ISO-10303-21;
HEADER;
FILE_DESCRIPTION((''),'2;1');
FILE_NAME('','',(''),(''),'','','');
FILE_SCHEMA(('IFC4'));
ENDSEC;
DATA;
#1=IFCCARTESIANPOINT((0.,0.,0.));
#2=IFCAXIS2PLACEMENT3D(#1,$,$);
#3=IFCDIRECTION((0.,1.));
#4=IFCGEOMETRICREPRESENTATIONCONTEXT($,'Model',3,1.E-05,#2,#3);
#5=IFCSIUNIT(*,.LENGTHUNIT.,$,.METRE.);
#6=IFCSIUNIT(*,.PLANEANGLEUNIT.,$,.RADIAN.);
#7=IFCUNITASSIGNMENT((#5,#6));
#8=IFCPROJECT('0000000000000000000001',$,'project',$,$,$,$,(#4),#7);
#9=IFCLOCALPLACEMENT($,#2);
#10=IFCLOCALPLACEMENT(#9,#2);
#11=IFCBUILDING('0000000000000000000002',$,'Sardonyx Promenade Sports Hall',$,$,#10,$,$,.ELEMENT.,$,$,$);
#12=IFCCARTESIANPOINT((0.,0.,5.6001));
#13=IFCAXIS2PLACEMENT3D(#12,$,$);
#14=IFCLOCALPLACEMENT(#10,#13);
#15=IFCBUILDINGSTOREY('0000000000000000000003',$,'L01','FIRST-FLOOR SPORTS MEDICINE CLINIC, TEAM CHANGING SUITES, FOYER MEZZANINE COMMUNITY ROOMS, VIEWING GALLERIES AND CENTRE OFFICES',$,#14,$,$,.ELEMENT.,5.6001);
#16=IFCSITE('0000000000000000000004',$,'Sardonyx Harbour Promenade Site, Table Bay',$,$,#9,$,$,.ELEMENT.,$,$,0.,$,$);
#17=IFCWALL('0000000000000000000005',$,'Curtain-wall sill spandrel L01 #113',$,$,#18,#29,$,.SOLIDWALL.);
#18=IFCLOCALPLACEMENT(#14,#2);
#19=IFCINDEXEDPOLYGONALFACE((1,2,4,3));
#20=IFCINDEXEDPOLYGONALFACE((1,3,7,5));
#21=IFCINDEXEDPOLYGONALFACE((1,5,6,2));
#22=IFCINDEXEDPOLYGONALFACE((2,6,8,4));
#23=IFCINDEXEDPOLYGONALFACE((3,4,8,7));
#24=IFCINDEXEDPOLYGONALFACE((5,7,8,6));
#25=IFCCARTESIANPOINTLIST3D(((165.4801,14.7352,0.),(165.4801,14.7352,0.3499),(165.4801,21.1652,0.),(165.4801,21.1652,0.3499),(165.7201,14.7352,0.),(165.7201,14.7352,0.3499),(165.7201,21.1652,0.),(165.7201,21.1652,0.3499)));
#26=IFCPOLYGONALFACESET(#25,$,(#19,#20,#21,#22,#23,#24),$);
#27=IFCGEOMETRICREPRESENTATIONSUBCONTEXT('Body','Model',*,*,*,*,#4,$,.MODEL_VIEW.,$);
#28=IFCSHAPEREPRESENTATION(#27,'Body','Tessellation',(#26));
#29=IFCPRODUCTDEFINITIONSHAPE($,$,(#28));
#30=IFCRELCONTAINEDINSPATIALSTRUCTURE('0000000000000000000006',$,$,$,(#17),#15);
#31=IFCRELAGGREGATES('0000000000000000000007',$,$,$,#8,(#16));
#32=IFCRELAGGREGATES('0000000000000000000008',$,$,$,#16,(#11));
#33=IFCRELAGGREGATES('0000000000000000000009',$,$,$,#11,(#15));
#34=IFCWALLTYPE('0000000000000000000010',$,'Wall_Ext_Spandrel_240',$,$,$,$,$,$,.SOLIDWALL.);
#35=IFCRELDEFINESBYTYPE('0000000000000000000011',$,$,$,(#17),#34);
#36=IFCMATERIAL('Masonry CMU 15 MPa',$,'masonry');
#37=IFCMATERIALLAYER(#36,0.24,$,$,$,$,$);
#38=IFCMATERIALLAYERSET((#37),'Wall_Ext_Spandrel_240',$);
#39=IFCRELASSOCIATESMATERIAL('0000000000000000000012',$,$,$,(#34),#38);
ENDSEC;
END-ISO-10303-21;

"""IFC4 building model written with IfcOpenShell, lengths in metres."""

from ifc_helpers import new_model, si_unit, direction, frame, frame_2d, origin, place, context, subcontext, project, spatial, rectangle, extrude, material, layer, layer_set, type_object, element, save


model = new_model("IFC4")

# Units and contexts
model_context = context("Model", 3, precision=1e-05, world=origin(), true_north=direction((0.0, 1.0)))
body_context = subcontext(model_context, "Body", "Model", "MODEL_VIEW")
ifc_project = project(units=[si_unit("LENGTHUNIT", "METRE"), si_unit("PLANEANGLEUNIT", "RADIAN")], contexts=[model_context])

# Site, building, storey
site_placement = place(None, origin())
site = spatial("IfcSite", under=ifc_project, at=site_placement, Name="Sardonyx Harbour Promenade Site, Table Bay", CompositionType="ELEMENT", RefElevation=0.0)
building_placement = place(site_placement, origin())
building = spatial("IfcBuilding", under=site, at=building_placement, Name="Sardonyx Promenade Sports Hall", CompositionType="ELEMENT")
storey_placement = place(building_placement, frame((0.0, 0.0, 5.6001)))
storey = spatial("IfcBuildingStorey", under=building, at=storey_placement, Name="L01", Description="FIRST-FLOOR SPORTS MEDICINE CLINIC, TEAM CHANGING SUITES, FOYER MEZZANINE COMMUNITY ROOMS, VIEWING GALLERIES AND CENTRE OFFICES", CompositionType="ELEMENT", Elevation=5.6001)

# Wall
ifc_material_1 = material(Name="Masonry CMU 15 MPa", Category="masonry")
ifc_layer_1 = layer(ifc_material_1, 0.24)
ifc_layer_set_1 = layer_set([ifc_layer_1], Name="Wall_Ext_Spandrel_240")
wall_type_1 = type_object("IfcWallType", Name="Wall_Ext_Spandrel_240", PredefinedType="SOLIDWALL", material=ifc_layer_set_1)
wall_1_placement = place(storey_placement, frame((165.6001, 21.165, 0.0), z_axis=(0.0, 0.0, 1.0), x_axis=(0.0, -1.0, 0.0)))
element("IfcWall", 1, at=wall_1_placement, inside=storey, type_object=wall_type_1, Name="Curtain-wall sill spandrel L01 #113", PredefinedType="SOLIDWALL", context=body_context, shape_type="SweptSolid", body=[
    extrude(rectangle(XDim=6.4299, YDim=0.24, at=frame_2d((3.2148, 0.0))), origin(), (0.0, 0.0, 1.0), 0.3499),
])

save(model, "model.ifc")
